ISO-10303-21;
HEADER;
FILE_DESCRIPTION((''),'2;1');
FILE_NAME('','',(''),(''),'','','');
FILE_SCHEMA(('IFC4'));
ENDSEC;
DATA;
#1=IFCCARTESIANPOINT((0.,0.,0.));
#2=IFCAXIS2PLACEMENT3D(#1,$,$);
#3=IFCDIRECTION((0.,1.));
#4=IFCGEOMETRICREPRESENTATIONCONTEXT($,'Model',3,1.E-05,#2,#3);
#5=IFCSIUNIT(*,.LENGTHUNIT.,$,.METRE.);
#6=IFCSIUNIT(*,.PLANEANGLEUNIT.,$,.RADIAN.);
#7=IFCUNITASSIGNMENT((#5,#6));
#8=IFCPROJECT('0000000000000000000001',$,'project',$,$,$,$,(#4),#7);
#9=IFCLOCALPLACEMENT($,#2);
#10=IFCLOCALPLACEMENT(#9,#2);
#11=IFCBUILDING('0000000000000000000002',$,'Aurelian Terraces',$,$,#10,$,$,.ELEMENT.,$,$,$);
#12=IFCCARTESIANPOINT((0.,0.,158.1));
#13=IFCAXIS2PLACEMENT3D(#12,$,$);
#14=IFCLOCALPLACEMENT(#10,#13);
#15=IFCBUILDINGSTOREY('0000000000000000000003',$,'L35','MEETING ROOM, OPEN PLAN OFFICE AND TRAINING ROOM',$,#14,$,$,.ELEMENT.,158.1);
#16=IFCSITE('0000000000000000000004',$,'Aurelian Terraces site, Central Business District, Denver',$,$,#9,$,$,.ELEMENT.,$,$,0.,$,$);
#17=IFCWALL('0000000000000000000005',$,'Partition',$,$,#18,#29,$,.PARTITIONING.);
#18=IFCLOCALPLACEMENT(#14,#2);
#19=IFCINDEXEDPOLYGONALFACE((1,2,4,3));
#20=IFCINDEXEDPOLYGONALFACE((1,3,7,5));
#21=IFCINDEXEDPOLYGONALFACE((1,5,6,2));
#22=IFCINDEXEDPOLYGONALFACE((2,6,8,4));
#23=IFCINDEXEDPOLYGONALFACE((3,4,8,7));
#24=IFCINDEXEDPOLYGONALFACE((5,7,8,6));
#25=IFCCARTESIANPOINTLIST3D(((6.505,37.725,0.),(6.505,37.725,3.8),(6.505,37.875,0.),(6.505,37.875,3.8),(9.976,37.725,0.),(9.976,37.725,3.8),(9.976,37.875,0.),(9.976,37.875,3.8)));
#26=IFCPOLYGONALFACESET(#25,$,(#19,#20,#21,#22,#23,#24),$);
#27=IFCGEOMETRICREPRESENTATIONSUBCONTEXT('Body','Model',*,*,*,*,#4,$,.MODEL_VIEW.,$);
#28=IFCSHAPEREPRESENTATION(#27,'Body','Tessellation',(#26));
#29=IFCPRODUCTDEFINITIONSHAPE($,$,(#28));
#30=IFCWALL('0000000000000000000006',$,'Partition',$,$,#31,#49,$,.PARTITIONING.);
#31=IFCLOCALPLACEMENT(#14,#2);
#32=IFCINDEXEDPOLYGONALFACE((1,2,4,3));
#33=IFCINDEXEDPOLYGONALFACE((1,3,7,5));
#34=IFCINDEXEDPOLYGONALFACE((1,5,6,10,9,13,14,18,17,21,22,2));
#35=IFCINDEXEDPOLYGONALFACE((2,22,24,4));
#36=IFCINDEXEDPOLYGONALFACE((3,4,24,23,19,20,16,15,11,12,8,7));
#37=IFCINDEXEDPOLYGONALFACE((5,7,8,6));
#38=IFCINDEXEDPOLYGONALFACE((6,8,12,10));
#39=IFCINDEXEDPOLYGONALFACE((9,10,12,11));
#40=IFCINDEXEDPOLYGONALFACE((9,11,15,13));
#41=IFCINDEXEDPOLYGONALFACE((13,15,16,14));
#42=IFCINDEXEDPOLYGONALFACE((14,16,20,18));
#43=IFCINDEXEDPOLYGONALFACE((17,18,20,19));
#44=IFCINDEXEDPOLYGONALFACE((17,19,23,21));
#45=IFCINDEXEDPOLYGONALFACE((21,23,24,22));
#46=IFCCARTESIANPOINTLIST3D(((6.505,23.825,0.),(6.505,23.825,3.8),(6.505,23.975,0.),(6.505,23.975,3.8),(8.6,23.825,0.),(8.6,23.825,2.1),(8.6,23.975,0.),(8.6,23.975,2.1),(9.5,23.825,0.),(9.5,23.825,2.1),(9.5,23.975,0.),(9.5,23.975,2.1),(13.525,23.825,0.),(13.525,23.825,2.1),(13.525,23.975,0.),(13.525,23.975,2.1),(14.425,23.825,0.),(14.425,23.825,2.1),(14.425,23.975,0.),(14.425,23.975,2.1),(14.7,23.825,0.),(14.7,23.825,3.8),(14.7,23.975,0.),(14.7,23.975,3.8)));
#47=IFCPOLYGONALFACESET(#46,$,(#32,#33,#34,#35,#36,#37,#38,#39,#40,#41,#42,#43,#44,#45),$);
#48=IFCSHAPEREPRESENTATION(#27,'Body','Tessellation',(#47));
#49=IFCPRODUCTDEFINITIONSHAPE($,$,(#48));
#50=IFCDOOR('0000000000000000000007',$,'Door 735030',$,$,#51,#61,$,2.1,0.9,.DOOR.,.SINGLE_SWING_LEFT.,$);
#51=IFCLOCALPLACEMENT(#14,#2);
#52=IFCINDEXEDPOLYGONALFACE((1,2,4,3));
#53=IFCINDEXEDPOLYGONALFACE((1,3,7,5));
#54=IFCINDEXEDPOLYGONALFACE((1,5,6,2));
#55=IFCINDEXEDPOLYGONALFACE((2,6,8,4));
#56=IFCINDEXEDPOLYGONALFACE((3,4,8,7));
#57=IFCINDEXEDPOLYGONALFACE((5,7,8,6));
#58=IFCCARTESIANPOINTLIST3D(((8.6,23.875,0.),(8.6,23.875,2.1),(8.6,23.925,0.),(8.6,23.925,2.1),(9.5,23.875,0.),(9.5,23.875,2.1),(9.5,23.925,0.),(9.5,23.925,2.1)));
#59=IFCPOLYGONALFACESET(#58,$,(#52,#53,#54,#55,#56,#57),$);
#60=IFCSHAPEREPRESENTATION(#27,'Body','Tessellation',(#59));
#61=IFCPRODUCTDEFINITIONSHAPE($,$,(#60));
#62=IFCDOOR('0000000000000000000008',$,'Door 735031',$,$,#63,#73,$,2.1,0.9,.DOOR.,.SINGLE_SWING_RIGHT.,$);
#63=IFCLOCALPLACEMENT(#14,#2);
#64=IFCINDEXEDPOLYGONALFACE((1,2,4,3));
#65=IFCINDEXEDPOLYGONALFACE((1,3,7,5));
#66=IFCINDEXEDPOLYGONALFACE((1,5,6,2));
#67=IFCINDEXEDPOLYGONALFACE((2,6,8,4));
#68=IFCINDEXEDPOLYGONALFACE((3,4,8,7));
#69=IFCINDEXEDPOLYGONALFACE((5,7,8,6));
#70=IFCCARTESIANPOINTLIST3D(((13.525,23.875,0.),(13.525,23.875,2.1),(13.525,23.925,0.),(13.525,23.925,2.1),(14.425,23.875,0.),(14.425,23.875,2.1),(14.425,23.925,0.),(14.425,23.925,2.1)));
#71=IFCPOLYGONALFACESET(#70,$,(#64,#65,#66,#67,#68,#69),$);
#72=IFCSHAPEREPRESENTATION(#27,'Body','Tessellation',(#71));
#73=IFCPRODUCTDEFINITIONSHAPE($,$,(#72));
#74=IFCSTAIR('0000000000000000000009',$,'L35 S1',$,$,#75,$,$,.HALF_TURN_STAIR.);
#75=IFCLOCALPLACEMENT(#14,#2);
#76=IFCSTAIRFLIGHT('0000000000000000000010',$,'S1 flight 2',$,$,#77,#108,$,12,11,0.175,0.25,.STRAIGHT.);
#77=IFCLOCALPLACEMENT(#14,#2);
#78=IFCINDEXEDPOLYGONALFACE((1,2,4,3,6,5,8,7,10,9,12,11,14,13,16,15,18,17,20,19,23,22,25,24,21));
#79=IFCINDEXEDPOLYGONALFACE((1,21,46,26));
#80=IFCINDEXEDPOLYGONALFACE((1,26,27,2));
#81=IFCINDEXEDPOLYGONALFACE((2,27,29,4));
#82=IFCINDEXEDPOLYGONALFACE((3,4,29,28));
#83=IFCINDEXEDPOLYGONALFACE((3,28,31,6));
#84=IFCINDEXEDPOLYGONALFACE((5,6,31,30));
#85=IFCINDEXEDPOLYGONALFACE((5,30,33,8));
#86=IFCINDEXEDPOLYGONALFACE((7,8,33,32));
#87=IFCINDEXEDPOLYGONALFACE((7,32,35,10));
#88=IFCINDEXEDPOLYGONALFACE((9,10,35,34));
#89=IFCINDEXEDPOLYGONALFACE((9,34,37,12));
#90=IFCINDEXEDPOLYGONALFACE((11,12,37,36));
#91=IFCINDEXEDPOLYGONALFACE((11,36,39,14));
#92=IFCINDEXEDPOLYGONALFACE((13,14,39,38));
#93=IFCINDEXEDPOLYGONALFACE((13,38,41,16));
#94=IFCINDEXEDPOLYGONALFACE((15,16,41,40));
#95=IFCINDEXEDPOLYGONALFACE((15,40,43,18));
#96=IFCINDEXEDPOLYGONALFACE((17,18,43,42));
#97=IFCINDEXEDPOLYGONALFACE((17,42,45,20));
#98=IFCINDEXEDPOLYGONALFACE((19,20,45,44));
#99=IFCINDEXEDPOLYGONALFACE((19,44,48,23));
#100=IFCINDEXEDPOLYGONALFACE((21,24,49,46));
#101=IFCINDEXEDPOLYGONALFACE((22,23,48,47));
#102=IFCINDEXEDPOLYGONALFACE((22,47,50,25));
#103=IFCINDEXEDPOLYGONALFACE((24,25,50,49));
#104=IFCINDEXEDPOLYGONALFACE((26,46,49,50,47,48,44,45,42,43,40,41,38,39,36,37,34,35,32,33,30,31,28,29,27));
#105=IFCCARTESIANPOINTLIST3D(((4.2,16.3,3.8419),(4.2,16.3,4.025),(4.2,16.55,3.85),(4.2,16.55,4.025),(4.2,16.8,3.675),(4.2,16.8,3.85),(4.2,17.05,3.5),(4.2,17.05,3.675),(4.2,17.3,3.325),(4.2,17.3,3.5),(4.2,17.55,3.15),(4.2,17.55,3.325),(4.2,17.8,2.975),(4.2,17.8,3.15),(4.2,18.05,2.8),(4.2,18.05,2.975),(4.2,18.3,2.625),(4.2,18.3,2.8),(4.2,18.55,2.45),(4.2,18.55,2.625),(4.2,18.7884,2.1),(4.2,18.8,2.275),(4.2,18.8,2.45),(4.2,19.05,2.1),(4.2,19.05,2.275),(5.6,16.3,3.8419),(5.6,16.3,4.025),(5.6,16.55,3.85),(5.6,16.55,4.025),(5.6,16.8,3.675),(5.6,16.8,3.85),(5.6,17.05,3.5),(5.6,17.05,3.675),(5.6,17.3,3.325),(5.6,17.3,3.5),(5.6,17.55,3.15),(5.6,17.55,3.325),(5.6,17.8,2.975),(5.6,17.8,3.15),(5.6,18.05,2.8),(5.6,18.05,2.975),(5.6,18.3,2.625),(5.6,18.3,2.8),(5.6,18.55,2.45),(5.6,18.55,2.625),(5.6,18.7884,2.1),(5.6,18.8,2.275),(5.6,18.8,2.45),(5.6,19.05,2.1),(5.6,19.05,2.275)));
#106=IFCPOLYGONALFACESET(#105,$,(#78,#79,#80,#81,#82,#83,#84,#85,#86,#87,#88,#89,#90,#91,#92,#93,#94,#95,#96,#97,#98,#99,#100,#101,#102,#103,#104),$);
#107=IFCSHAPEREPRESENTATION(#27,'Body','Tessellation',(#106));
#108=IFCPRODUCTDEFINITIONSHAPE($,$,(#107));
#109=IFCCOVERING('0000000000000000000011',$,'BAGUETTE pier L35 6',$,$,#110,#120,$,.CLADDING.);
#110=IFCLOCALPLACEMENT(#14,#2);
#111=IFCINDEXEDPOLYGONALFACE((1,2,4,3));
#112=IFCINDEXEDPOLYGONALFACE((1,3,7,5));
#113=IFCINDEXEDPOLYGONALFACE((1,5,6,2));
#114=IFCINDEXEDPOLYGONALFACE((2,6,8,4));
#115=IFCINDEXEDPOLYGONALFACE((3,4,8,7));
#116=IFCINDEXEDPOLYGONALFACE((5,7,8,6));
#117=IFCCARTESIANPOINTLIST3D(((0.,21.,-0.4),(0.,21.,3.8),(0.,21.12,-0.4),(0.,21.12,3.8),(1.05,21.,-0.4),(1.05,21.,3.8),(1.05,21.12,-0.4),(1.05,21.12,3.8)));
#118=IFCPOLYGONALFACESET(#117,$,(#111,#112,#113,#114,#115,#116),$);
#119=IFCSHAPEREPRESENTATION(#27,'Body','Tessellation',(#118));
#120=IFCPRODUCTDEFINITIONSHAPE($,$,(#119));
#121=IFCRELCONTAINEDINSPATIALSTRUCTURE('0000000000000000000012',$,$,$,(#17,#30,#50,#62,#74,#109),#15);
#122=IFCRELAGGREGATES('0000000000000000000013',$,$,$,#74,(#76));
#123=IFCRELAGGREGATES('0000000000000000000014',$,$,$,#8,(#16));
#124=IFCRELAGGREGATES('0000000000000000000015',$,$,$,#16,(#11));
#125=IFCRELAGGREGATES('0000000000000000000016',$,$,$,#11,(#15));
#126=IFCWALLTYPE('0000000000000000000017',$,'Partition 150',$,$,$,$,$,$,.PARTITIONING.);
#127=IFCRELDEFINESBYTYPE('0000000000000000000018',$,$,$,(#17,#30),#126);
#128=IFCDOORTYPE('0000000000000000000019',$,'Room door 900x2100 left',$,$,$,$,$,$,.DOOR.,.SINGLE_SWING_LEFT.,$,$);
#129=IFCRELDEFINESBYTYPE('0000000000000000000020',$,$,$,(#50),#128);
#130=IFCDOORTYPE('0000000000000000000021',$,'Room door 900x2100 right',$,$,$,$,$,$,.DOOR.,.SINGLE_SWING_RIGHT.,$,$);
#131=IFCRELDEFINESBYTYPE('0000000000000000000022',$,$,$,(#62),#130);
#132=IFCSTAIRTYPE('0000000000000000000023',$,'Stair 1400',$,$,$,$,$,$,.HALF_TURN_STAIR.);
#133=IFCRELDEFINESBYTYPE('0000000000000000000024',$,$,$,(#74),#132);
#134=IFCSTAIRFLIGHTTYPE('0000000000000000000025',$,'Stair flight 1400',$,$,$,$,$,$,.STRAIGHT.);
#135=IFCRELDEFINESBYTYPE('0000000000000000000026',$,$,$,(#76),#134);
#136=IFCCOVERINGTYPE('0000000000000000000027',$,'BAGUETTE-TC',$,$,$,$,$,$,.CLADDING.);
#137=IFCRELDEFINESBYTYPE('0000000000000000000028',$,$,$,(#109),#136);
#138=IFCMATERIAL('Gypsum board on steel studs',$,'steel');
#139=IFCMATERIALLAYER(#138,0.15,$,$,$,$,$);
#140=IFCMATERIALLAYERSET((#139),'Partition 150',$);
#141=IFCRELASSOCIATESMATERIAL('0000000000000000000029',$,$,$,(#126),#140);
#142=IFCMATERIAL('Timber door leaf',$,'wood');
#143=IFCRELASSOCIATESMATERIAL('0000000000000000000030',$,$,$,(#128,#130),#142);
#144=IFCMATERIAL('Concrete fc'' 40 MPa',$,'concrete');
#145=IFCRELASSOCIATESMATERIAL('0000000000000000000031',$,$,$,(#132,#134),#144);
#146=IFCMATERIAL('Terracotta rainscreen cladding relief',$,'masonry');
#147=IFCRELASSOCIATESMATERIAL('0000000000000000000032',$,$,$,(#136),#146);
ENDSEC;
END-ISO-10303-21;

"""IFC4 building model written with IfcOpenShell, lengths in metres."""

from ifc_helpers import new_model, si_unit, direction, frame, frame_2d, origin, origin_2d, place, context, subcontext, project, spatial, polyline, rectangle, outline, extrude, source, transform, mapped, material, layer, layer_set, type_object, element, fill, aggregate, save


model = new_model("IFC4")

# Units and contexts
model_context = context("Model", 3, precision=1e-05, world=origin(), true_north=direction((0.0, 1.0)))
body_context = subcontext(model_context, "Body", "Model", "MODEL_VIEW")
ifc_project = project(units=[si_unit("LENGTHUNIT", "METRE"), si_unit("PLANEANGLEUNIT", "RADIAN")], contexts=[model_context])

# Site, building, storey
site_placement = place(None, origin())
site = spatial("IfcSite", under=ifc_project, at=site_placement, Name="Aurelian Terraces site, Central Business District, Denver", CompositionType="ELEMENT", RefElevation=0.0)
building_placement = place(site_placement, origin())
building = spatial("IfcBuilding", under=site, at=building_placement, Name="Aurelian Terraces", CompositionType="ELEMENT")
storey_placement = place(building_placement, frame((0.0, 0.0, 158.1)))
storey = spatial("IfcBuildingStorey", under=building, at=storey_placement, Name="L35", Description="MEETING ROOM, OPEN PLAN OFFICE AND TRAINING ROOM", CompositionType="ELEMENT", Elevation=158.1)

# Shared definitions
ifc_material_1 = material(Name="Gypsum board on steel studs", Category="steel")
shared_shape_1 = source(origin(), body_context, "Body", "SweptSolid", [
    extrude(rectangle(XDim=0.9, YDim=2.1, at=frame_2d((0.45, 1.05))), frame((0.0, 0.025, 0.0), z_axis=(0.0, -1.0, 0.0), x_axis=(1.0, 0.0, 0.0)), (0.0, 0.0, 1.0), 0.05),
])

# Wall
ifc_layer_1 = layer(ifc_material_1, 0.15)
ifc_layer_set_1 = layer_set([ifc_layer_1], Name="Partition 150")
wall_type_1 = type_object("IfcWallType", Name="Partition 150", PredefinedType="PARTITIONING", material=ifc_layer_set_1)
shared_shape_2 = source(origin(), body_context, "Body", "SweptSolid", [
    extrude(rectangle(XDim=3.471, YDim=0.15, at=frame_2d((1.7355, 0.0))), origin(), (0.0, 0.0, 1.0), 3.8),
])
for number, where, z_axis, x_axis, name in (
    (1, (9.976, 37.8, 0.0), (0.0, 0.0, 1.0), (-1.0, 0.0, 0.0), "Partition"),
):
    element("IfcWall", number, at=place(storey_placement, frame(where, z_axis=z_axis, x_axis=x_axis)), inside=storey, type_object=wall_type_1, Name=name, PredefinedType="PARTITIONING", context=body_context, shape_type="MappedRepresentation", body=[
        mapped(shared_shape_2, transform((0.0, 0.0, 0.0), scale=1.0)),
    ])

# Wall, openings, doors
shared_shape_3 = source(origin(), body_context, "Body", "SweptSolid", [
    extrude(rectangle(XDim=8.195, YDim=0.15, at=frame_2d((4.0975, 0.0))), origin(), (0.0, 0.0, 1.0), 3.8),
])
wall_1_placement = place(storey_placement, frame((6.505, 23.9, 0.0), z_axis=(0.0, 0.0, 1.0), x_axis=(1.0, 0.0, 0.0)))
wall_1 = element("IfcWall", 2, at=wall_1_placement, inside=storey, type_object=wall_type_1, Name="Partition", PredefinedType="PARTITIONING", context=body_context, shape_type="MappedRepresentation", body=[
    mapped(shared_shape_3, transform((0.0, 0.0, 0.0), scale=1.0)),
])
shared_shape_4 = source(origin(), body_context, "Body", "SweptSolid", [
    extrude(rectangle(XDim=0.9, YDim=2.1, at=frame_2d((0.45, 1.05))), frame((0.0, 0.085, 0.0), z_axis=(0.0, -1.0, 0.0), x_axis=(1.0, 0.0, 0.0)), (0.0, 0.0, 1.0), 0.17),
])
opening_1_placement = place(wall_1_placement, frame((2.095, 0.0, 0.0)))
opening_1 = element("IfcOpeningElement", 3, at=opening_1_placement, cuts=wall_1, PredefinedType="OPENING", context=body_context, shape_type="MappedRepresentation", body=[
    mapped(shared_shape_4, transform((0.0, 0.0, 0.0), scale=1.0)),
])
opening_2_placement = place(wall_1_placement, frame((7.02, 0.0, 0.0)))
opening_2 = element("IfcOpeningElement", 4, at=opening_2_placement, cuts=wall_1, PredefinedType="OPENING", context=body_context, shape_type="MappedRepresentation", body=[
    mapped(shared_shape_4, transform((0.0, 0.0, 0.0), scale=1.0)),
])
ifc_material_2 = material(Name="Timber door leaf", Category="wood")
door_type_1 = type_object("IfcDoorType", Name="Room door 900x2100 left", OperationType="SINGLE_SWING_LEFT", PredefinedType="DOOR", material=ifc_material_2)
door_1_placement = place(opening_1_placement, origin())
door_1 = element("IfcDoor", 5, at=door_1_placement, inside=storey, type_object=door_type_1, Name="Door 735030", OperationType="SINGLE_SWING_LEFT", OverallHeight=2.1, OverallWidth=0.9, PredefinedType="DOOR", context=body_context, shape_type="MappedRepresentation", body=[
    mapped(shared_shape_1, transform((0.0, 0.0, 0.0), scale=1.0)),
])
fill(opening_1, door_1)
door_type_2 = type_object("IfcDoorType", Name="Room door 900x2100 right", OperationType="SINGLE_SWING_RIGHT", PredefinedType="DOOR", material=ifc_material_2)
door_2_placement = place(opening_2_placement, origin())
door_2 = element("IfcDoor", 6, at=door_2_placement, inside=storey, type_object=door_type_2, Name="Door 735031", OperationType="SINGLE_SWING_RIGHT", OverallHeight=2.1, OverallWidth=0.9, PredefinedType="DOOR", context=body_context, shape_type="MappedRepresentation", body=[
    mapped(shared_shape_1, transform((0.0, 0.0, 0.0), scale=1.0)),
])
fill(opening_2, door_2)

# Stair, stair flight
ifc_material_3 = material(Name="Concrete fc' 40 MPa", Category="concrete")
stair_type = type_object("IfcStairType", Name="Stair 1400", PredefinedType="HALF_TURN_STAIR", material=ifc_material_3)
stair_placement = place(storey_placement, origin())
stair = element("IfcStair", 7, at=stair_placement, inside=storey, type_object=stair_type, Name="L35 S1", PredefinedType="HALF_TURN_STAIR")
stair_flight_type = type_object("IfcStairFlightType", Name="Stair flight 1400", PredefinedType="STRAIGHT", material=ifc_material_3)
shared_shape_5 = source(origin(), body_context, "Body", "SweptSolid", [
    extrude(outline(polyline([(0.0, 0.0), (0.0, 0.175), (0.25, 0.175), (0.25, 0.35), (0.5, 0.35), (0.5, 0.525), (0.75, 0.525), (0.75, 0.7), (1.0, 0.7), (1.0, 0.875), (1.25, 0.875), (1.25, 1.05), (1.5, 1.05), (1.5, 1.225), (1.75, 1.225), (1.75, 1.4), (2.0, 1.4), (2.0, 1.575), (2.25, 1.575), (2.25, 1.75), (2.5, 1.75), (2.5, 1.925), (2.75, 1.925), (2.75, 2.1), (2.75, 1.7419), (0.2616, 0.0), (0.0, 0.0)])), frame((0.0, 0.7, 0.0), z_axis=(0.0, -1.0, 0.0), x_axis=(1.0, 0.0, 0.0)), (0.0, 0.0, 1.0), 1.4),
])
stair_flight_placement = place(storey_placement, frame((4.9, 19.05, 2.1), z_axis=(0.0, 0.0, 1.0), x_axis=(0.0, -1.0, 0.0)))
stair_flight = element("IfcStairFlight", 8, at=stair_flight_placement, type_object=stair_flight_type, Name="S1 flight 2", NumberOfRisers=12, NumberOfTreads=11, PredefinedType="STRAIGHT", RiserHeight=0.175, TreadLength=0.25, context=body_context, shape_type="MappedRepresentation", body=[
    mapped(shared_shape_5, transform((0.0, 0.0, 0.0), scale=1.0)),
])
aggregate(stair, [stair_flight])

# Covering
ifc_material_4 = material(Name="Terracotta rainscreen cladding relief", Category="masonry")
covering_type = type_object("IfcCoveringType", Name="BAGUETTE-TC", PredefinedType="CLADDING", material=ifc_material_4)
shared_shape_6 = source(origin(), body_context, "Body", "SweptSolid", [
    extrude(rectangle(XDim=1.05, YDim=0.12, at=origin_2d()), origin(), (0.0, 0.0, 1.0), 4.2),
])
covering_placement = place(storey_placement, frame((0.525, 21.06, -0.4), z_axis=(0.0, 0.0, 1.0), x_axis=(1.0, 0.0, 0.0)))
element("IfcCovering", 9, at=covering_placement, inside=storey, type_object=covering_type, Name="BAGUETTE pier L35 6", PredefinedType="CLADDING", context=body_context, shape_type="MappedRepresentation", body=[
    mapped(shared_shape_6, transform((0.0, 0.0, 0.0), scale=1.0)),
])

save(model, "model.ifc")
